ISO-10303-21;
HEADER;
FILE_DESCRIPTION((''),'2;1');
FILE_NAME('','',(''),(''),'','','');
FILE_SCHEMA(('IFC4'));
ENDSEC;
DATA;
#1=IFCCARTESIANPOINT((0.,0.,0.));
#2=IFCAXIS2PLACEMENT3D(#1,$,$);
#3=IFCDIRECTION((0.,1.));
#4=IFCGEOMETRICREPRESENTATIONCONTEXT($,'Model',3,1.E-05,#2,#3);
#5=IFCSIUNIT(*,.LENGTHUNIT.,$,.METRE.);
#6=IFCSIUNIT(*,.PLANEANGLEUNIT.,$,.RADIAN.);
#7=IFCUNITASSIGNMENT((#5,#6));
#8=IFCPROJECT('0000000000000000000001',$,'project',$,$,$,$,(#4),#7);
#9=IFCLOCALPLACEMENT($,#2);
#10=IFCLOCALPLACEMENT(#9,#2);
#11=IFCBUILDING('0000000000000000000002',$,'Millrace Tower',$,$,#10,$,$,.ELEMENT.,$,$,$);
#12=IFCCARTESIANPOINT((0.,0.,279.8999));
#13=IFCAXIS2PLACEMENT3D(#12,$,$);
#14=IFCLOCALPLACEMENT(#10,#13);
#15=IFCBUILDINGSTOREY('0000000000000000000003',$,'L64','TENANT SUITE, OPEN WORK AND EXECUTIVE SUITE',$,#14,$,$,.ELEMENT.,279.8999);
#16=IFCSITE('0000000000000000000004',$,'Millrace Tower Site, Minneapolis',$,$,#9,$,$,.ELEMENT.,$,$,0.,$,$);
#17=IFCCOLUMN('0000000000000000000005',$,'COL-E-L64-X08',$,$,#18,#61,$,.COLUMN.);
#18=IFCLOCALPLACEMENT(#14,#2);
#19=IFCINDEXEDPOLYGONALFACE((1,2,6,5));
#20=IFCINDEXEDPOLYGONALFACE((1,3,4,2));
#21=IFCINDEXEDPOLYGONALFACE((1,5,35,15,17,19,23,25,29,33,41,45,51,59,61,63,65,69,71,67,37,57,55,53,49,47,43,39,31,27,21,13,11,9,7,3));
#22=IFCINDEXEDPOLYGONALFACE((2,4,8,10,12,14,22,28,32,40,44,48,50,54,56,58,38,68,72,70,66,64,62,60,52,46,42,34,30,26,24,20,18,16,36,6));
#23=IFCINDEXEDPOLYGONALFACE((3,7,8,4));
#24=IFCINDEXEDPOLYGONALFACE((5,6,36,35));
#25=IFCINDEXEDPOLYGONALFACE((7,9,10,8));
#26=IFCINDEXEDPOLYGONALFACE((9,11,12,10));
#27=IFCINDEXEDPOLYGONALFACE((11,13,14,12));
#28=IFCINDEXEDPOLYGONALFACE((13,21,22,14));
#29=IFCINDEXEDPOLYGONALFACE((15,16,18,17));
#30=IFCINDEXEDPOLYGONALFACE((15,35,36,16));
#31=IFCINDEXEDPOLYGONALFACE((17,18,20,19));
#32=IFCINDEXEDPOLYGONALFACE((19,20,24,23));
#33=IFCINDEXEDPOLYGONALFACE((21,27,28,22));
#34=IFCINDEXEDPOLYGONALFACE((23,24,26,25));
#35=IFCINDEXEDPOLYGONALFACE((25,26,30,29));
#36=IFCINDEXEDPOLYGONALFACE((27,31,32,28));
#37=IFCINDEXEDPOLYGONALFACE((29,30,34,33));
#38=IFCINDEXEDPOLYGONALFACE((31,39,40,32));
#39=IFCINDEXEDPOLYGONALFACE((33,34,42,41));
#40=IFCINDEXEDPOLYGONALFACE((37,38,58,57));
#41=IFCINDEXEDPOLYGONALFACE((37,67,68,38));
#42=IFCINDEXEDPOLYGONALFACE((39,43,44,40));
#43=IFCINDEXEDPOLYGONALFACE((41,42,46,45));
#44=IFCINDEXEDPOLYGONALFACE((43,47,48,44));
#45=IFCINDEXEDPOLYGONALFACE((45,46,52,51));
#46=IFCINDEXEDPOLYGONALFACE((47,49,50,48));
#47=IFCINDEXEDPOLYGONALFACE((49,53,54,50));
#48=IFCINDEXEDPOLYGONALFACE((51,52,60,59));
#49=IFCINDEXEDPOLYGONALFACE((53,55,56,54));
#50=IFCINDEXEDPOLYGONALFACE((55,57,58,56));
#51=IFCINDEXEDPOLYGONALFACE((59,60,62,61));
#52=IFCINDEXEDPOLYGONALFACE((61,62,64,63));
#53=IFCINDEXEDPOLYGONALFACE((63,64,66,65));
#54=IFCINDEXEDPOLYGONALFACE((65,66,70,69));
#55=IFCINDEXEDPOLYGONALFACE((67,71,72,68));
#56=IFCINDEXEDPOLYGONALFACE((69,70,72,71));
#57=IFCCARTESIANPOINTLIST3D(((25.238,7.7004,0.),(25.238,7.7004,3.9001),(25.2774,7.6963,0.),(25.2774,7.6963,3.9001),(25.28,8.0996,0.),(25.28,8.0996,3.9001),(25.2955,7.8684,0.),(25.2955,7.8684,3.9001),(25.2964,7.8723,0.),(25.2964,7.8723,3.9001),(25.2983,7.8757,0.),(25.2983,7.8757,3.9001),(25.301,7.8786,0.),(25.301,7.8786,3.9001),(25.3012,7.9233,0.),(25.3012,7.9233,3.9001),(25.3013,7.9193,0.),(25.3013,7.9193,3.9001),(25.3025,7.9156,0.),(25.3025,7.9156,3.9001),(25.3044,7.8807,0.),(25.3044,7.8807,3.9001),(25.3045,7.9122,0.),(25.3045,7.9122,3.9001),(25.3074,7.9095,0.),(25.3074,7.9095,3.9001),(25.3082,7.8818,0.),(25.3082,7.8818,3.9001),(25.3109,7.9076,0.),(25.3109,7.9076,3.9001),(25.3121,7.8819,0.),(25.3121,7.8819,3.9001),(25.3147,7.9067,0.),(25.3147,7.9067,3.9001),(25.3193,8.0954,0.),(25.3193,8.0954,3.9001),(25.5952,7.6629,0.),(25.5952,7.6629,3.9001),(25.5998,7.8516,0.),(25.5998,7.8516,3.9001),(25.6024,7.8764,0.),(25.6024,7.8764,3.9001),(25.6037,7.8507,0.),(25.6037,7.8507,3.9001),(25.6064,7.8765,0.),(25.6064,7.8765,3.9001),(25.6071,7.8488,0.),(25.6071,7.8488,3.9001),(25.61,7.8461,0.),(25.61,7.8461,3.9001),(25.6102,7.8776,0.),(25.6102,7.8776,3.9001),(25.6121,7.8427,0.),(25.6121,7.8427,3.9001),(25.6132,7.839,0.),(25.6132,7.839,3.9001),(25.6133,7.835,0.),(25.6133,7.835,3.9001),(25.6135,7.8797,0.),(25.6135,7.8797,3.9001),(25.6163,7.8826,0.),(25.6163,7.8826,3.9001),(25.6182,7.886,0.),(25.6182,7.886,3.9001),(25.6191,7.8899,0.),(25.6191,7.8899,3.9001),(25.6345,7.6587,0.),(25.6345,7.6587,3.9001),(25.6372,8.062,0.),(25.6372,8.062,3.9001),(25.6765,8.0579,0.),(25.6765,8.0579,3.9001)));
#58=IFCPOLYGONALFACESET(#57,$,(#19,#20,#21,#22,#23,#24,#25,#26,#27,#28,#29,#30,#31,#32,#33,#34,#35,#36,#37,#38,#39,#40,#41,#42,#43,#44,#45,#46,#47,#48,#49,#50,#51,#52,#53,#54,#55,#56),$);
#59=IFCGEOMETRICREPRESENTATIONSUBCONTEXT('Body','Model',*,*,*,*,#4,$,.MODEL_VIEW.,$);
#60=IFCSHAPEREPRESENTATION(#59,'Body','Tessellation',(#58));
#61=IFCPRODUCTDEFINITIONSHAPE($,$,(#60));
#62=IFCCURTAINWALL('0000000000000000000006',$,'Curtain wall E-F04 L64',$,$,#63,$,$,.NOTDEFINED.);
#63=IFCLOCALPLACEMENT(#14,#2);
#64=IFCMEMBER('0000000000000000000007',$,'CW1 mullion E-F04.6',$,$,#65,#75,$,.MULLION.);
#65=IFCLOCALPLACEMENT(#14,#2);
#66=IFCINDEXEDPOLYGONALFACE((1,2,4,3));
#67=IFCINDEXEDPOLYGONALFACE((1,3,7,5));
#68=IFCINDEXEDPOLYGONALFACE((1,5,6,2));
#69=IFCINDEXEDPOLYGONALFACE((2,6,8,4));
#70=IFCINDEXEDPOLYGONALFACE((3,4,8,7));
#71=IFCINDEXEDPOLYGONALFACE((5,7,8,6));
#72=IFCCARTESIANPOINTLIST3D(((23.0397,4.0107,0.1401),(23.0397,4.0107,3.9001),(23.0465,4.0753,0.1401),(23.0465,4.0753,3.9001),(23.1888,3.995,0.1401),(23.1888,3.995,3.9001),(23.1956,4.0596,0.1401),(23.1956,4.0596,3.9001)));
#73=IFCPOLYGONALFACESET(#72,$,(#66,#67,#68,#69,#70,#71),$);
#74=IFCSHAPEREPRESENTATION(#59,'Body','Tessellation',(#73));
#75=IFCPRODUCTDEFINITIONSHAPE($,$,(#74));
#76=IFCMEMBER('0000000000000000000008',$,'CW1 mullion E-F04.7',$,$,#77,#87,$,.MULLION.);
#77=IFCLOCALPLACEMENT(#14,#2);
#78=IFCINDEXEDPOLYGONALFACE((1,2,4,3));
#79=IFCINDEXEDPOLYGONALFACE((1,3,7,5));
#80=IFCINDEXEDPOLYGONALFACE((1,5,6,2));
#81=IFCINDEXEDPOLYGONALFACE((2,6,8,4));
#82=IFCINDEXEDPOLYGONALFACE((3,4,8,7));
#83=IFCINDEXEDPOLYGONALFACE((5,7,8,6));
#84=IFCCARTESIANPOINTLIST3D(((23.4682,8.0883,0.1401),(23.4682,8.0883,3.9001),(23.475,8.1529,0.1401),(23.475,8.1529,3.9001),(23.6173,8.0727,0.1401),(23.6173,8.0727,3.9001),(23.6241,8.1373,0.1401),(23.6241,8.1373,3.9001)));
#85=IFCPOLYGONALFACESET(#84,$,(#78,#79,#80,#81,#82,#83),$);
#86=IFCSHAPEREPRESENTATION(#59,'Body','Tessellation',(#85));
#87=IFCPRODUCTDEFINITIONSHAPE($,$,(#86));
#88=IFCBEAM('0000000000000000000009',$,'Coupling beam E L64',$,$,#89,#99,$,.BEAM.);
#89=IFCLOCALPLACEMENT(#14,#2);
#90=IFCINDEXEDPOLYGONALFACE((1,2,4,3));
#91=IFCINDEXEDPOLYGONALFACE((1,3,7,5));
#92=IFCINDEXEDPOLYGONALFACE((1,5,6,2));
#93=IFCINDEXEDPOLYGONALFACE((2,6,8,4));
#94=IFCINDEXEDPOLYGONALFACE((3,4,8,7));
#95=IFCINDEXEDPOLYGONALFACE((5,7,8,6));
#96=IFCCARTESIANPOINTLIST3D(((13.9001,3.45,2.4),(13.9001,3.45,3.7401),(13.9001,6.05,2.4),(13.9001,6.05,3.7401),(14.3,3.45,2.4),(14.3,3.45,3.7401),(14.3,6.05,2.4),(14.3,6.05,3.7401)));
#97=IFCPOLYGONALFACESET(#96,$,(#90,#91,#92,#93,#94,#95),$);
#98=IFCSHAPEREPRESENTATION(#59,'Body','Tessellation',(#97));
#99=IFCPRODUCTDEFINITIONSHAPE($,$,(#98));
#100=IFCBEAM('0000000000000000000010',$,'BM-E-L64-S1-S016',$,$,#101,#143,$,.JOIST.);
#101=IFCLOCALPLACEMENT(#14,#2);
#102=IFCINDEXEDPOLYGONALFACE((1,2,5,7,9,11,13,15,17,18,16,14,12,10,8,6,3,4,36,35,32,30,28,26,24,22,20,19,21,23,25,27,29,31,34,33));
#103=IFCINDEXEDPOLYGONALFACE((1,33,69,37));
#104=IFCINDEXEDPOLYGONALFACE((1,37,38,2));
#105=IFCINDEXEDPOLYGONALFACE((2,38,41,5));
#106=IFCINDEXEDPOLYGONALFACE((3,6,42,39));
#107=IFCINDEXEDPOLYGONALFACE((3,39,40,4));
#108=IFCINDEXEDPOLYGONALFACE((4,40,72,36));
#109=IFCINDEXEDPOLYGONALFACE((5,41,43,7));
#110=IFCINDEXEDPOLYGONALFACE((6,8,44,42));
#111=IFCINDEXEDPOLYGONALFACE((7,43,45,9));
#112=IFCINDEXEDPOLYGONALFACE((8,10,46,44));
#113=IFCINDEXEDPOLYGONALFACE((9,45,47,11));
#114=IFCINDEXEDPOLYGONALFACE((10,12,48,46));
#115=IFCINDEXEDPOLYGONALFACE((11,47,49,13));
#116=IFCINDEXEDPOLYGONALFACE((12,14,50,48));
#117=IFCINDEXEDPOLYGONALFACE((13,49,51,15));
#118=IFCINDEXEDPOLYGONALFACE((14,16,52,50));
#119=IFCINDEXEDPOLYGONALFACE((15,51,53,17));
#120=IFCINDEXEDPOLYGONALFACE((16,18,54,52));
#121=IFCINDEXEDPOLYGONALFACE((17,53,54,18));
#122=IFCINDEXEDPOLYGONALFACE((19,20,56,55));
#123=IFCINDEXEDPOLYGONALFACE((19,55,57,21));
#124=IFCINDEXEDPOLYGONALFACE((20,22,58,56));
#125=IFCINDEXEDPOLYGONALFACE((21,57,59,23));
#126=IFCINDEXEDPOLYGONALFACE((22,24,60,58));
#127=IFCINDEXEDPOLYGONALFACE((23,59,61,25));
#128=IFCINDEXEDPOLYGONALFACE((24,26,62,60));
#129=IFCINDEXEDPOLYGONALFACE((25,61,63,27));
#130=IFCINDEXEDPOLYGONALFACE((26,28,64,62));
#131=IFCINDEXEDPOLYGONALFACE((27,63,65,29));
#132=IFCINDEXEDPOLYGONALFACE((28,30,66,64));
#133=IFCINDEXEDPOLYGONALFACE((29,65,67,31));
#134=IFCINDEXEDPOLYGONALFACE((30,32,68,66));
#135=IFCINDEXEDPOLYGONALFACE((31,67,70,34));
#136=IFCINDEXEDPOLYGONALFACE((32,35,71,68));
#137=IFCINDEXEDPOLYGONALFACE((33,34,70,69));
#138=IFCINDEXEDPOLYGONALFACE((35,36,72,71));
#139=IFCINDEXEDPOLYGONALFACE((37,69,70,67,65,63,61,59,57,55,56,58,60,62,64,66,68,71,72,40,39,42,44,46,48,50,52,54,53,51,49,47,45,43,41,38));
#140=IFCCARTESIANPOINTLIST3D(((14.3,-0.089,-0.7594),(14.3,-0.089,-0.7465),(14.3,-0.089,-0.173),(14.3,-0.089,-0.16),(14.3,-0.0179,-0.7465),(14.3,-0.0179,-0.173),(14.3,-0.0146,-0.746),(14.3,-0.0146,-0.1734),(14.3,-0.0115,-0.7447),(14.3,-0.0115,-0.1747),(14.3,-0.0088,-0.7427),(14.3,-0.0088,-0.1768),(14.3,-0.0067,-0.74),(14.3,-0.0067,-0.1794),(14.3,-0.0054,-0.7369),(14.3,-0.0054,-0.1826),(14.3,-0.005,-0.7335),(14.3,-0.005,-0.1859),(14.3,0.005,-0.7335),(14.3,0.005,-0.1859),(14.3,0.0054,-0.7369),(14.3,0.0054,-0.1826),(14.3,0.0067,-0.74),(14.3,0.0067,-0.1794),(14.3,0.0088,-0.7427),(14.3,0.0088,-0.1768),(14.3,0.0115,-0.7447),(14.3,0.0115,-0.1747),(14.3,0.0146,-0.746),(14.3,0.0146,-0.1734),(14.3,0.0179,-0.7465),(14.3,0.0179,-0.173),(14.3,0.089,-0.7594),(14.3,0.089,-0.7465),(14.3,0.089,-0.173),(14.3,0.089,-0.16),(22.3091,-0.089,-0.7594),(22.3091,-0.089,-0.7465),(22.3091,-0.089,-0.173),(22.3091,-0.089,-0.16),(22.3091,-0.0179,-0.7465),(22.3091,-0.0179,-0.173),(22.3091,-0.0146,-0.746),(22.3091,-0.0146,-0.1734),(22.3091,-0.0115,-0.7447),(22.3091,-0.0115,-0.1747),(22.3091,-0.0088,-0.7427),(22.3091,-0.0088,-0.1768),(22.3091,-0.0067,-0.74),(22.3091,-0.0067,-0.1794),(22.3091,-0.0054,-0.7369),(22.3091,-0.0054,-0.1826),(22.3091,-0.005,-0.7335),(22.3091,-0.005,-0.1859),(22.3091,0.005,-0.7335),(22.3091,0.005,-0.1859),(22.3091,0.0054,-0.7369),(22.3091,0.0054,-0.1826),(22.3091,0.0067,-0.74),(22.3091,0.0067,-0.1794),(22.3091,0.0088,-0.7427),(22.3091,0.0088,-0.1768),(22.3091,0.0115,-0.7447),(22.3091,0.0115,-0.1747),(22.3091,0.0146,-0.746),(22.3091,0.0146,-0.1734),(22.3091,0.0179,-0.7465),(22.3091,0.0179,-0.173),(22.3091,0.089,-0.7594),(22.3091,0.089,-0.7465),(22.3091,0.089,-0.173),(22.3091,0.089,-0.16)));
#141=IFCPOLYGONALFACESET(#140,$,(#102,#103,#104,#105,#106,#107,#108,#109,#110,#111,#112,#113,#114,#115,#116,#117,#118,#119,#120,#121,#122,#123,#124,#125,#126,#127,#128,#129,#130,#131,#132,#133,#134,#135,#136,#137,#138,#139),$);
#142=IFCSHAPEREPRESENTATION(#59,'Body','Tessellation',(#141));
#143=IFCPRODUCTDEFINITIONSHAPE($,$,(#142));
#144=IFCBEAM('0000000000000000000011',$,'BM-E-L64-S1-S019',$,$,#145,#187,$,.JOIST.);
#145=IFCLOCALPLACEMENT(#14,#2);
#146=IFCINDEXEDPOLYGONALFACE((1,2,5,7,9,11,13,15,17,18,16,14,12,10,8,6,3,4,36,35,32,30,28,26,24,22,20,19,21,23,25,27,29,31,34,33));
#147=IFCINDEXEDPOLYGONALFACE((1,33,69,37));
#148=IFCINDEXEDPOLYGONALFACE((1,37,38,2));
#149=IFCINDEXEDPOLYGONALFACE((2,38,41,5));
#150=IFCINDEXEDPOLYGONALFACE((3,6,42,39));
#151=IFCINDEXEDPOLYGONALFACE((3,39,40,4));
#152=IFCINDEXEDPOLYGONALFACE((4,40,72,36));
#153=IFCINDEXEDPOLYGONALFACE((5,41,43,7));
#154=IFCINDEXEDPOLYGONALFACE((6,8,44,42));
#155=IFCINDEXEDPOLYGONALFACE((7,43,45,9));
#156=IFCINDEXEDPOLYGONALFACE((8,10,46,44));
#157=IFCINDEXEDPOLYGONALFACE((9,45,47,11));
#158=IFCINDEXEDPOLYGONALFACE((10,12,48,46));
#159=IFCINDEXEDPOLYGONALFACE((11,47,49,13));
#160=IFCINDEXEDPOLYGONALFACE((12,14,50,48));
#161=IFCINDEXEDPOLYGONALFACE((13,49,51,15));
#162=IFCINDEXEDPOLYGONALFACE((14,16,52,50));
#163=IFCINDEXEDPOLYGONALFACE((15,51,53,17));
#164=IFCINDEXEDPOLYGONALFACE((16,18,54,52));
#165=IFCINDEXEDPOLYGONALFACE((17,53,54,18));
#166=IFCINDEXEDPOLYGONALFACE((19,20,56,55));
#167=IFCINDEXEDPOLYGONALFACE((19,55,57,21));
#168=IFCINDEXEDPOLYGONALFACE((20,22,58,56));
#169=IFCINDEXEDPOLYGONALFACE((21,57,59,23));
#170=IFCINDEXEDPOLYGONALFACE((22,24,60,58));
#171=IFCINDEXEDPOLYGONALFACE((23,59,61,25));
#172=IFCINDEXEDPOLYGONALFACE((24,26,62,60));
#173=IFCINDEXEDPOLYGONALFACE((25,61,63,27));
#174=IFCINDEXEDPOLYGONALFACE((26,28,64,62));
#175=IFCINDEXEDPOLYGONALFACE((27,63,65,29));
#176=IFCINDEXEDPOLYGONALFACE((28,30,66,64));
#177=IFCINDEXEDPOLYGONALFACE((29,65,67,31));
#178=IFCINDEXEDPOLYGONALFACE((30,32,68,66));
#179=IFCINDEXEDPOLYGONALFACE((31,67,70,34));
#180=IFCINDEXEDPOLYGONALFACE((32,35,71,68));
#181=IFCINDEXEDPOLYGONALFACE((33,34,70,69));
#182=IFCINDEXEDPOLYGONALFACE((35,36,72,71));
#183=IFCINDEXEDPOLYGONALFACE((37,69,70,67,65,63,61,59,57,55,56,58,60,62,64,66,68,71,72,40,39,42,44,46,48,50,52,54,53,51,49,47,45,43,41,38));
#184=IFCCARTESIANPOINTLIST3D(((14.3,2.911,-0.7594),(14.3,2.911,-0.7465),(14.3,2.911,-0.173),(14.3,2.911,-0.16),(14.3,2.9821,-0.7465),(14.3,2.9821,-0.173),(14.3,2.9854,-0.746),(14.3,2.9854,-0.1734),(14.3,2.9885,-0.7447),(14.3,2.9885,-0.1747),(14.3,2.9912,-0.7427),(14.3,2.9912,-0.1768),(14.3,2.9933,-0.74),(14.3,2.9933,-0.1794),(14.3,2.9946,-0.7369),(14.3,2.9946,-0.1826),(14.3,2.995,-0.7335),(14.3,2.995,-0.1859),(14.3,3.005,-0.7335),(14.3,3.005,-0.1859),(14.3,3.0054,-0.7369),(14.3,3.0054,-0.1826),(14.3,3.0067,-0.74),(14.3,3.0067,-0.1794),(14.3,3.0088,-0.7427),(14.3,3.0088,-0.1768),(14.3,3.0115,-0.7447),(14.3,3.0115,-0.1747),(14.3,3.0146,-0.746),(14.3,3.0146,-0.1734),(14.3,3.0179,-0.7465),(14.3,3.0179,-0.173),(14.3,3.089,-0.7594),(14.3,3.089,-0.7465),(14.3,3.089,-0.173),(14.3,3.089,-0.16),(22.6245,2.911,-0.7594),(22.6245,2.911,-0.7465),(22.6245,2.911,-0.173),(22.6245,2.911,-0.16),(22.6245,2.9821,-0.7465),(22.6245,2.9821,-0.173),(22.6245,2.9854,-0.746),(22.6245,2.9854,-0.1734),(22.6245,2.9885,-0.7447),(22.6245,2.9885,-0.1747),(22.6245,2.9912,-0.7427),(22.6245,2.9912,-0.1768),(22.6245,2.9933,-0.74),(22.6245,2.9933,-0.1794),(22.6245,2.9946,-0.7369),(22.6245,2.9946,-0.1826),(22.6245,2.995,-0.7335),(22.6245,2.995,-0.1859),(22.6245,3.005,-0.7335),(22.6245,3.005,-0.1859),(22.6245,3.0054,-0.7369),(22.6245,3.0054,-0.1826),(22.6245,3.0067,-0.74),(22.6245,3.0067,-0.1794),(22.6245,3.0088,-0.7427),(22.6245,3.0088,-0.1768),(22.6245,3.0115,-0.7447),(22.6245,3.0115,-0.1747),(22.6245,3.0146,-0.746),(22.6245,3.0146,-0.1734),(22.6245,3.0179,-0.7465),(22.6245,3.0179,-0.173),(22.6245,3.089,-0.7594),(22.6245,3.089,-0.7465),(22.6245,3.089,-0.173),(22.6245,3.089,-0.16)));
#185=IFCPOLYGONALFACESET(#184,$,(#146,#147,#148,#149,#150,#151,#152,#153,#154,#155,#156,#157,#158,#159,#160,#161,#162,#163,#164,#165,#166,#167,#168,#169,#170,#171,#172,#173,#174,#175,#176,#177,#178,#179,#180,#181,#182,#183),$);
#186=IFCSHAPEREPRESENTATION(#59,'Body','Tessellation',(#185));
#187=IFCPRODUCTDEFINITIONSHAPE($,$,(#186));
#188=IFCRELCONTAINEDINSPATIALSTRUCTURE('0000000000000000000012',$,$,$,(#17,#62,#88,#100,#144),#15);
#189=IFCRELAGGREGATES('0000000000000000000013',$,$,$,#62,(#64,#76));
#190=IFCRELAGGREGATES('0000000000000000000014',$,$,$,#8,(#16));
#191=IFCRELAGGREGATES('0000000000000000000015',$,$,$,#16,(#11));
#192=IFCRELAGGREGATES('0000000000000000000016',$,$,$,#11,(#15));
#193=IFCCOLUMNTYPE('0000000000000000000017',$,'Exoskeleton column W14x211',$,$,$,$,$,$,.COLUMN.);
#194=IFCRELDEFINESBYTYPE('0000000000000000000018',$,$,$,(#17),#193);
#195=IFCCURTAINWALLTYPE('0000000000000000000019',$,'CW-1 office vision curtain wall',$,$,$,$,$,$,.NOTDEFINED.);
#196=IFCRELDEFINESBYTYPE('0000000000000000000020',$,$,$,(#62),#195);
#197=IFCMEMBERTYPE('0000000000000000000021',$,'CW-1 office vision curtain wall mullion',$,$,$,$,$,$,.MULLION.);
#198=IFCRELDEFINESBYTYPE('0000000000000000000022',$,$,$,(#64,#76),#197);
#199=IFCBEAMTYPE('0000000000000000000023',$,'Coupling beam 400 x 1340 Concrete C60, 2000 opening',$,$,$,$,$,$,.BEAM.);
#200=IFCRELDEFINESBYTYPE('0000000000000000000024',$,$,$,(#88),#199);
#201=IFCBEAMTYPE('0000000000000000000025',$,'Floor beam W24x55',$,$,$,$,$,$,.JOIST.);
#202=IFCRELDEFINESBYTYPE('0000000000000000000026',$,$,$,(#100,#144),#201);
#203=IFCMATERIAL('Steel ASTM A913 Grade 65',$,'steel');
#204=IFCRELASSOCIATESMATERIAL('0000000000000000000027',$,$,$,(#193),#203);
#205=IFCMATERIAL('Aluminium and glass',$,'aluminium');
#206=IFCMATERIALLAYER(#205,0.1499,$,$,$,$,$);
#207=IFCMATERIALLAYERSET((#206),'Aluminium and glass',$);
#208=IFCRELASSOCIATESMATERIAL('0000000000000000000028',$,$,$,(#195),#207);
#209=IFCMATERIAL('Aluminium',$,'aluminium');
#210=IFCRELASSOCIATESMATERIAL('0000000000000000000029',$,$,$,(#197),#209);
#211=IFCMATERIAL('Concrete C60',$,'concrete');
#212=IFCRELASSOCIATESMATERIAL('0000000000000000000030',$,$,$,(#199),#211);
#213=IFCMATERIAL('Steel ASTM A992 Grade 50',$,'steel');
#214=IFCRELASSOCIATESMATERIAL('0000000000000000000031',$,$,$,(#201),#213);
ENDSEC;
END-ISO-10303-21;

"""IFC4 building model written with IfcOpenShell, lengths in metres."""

from ifc_helpers import new_model, si_unit, direction, frame, origin, origin_2d, place, context, subcontext, project, spatial, rectangle, i_section, extrude, material, layer, layer_set, material_profile, profile_set, type_object, element, aggregate, save


model = new_model("IFC4")

# Units and contexts
model_context = context("Model", 3, precision=1e-05, world=origin(), true_north=direction((0.0, 1.0)))
body_context = subcontext(model_context, "Body", "Model", "MODEL_VIEW")
ifc_project = project(units=[si_unit("LENGTHUNIT", "METRE"), si_unit("PLANEANGLEUNIT", "RADIAN")], contexts=[model_context])

# Site, building, storey
site_placement = place(None, origin())
site = spatial("IfcSite", under=ifc_project, at=site_placement, Name="Millrace Tower Site, Minneapolis", CompositionType="ELEMENT", RefElevation=0.0)
building_placement = place(site_placement, origin())
building = spatial("IfcBuilding", under=site, at=building_placement, Name="Millrace Tower", CompositionType="ELEMENT")
storey_placement = place(building_placement, frame((0.0, 0.0, 279.8999)))
storey = spatial("IfcBuildingStorey", under=building, at=storey_placement, Name="L64", Description="TENANT SUITE, OPEN WORK AND EXECUTIVE SUITE", CompositionType="ELEMENT", Elevation=279.8999)

# Column
ifc_material_1 = material(Name="Steel ASTM A913 Grade 65", Category="steel")
ifc_material_profile_1 = material_profile(ifc_material_1, i_section(OverallWidth=0.4014, OverallDepth=0.3987, WebThickness=0.0249, FlangeThickness=0.0396, FilletRadius=0.0151, at=origin_2d()))
ifc_profile_set_1 = profile_set([ifc_material_profile_1], Name="Steel ASTM A913 Grade 65")
column_type = type_object("IfcColumnType", Name="Exoskeleton column W14x211", PredefinedType="COLUMN", material=ifc_profile_set_1)
column_placement = place(storey_placement, frame((25.4573, 7.8792, 0.0), z_axis=(0.0, 0.0, 1.0), x_axis=(0.104528, 0.994522, 0.0)))
element("IfcColumn", 1, at=column_placement, inside=storey, type_object=column_type, Name="COL-E-L64-X08", PredefinedType="COLUMN", context=body_context, shape_type="SweptSolid", body=[
    extrude(i_section(OverallWidth=0.4014, OverallDepth=0.3987, WebThickness=0.0249, FlangeThickness=0.0396, FilletRadius=0.0151, at=origin_2d()), origin(), (0.0, 0.0, 1.0), 3.9001),
])

# Curtain wall, members
ifc_material_2 = material(Name="Aluminium and glass", Category="aluminium")
ifc_layer_1 = layer(ifc_material_2, 0.1499)
ifc_layer_set_1 = layer_set([ifc_layer_1], Name="Aluminium and glass")
curtain_wall_type = type_object("IfcCurtainWallType", Name="CW-1 office vision curtain wall", PredefinedType="NOTDEFINED", material=ifc_layer_set_1)
curtain_wall_placement = place(storey_placement, origin())
curtain_wall = element("IfcCurtainWall", 2, at=curtain_wall_placement, inside=storey, type_object=curtain_wall_type, Name="Curtain wall E-F04 L64", PredefinedType="NOTDEFINED")
ifc_material_3 = material(Name="Aluminium", Category="aluminium")
ifc_material_profile_2 = material_profile(ifc_material_3, rectangle(XDim=0.0649, YDim=0.1499, at=origin_2d()))
ifc_profile_set_2 = profile_set([ifc_material_profile_2], Name="Aluminium")
member_type = type_object("IfcMemberType", Name="CW-1 office vision curtain wall mullion", PredefinedType="MULLION", material=ifc_profile_set_2)
member_1_placement = place(storey_placement, frame((23.1177, 4.0352, 0.1401), z_axis=(0.0, 0.0, 1.0), x_axis=(0.104528, 0.994522, 0.0)))
member_1 = element("IfcMember", 3, at=member_1_placement, type_object=member_type, Name="CW1 mullion E-F04.6", PredefinedType="MULLION", context=body_context, shape_type="SweptSolid", body=[
    extrude(rectangle(XDim=0.0649, YDim=0.1499, at=origin_2d()), origin(), (0.0, 0.0, 1.0), 3.76),
])
member_2_placement = place(storey_placement, frame((23.5461, 8.1128, 0.1401), z_axis=(0.0, 0.0, 1.0), x_axis=(0.104528, 0.994522, 0.0)))
member_2 = element("IfcMember", 4, at=member_2_placement, type_object=member_type, Name="CW1 mullion E-F04.7", PredefinedType="MULLION", context=body_context, shape_type="SweptSolid", body=[
    extrude(rectangle(XDim=0.0649, YDim=0.1499, at=origin_2d()), origin(), (0.0, 0.0, 1.0), 3.76),
])
aggregate(curtain_wall, [member_1, member_2])

# Beams
ifc_material_4 = material(Name="Concrete C60", Category="concrete")
ifc_material_profile_3 = material_profile(ifc_material_4, rectangle(XDim=0.3999, YDim=1.3401, at=origin_2d()))
ifc_profile_set_3 = profile_set([ifc_material_profile_3], Name="Concrete C60")
beam_type_1 = type_object("IfcBeamType", Name="Coupling beam 400 x 1340 Concrete C60, 2000 opening", PredefinedType="BEAM", material=ifc_profile_set_3)
beam_1_placement = place(storey_placement, frame((14.1001, 6.05, 3.0701), z_axis=(0.0, -1.0, 0.0), x_axis=(1.0, 0.0, 0.0)))
element("IfcBeam", 5, at=beam_1_placement, inside=storey, type_object=beam_type_1, Name="Coupling beam E L64", PredefinedType="BEAM", context=body_context, shape_type="SweptSolid", body=[
    extrude(rectangle(XDim=0.3999, YDim=1.3401, at=origin_2d()), origin(), (0.0, 0.0, 1.0), 2.6001),
])
ifc_material_5 = material(Name="Steel ASTM A992 Grade 50", Category="steel")
ifc_material_profile_4 = material_profile(ifc_material_5, i_section(OverallWidth=0.178, OverallDepth=0.5994, WebThickness=0.01, FlangeThickness=0.0129, FilletRadius=0.0129, at=origin_2d()))
ifc_profile_set_4 = profile_set([ifc_material_profile_4], Name="Steel ASTM A992 Grade 50")
beam_type_2 = type_object("IfcBeamType", Name="Floor beam W24x55", PredefinedType="JOIST", material=ifc_profile_set_4)
beam_2_placement = place(storey_placement, frame((14.3, 0.0, -0.4597), z_axis=(1.0, 0.0, 0.0), x_axis=(0.0, 1.0, 0.0)))
element("IfcBeam", 6, at=beam_2_placement, inside=storey, type_object=beam_type_2, Name="BM-E-L64-S1-S016", PredefinedType="JOIST", context=body_context, shape_type="SweptSolid", body=[
    extrude(i_section(OverallWidth=0.178, OverallDepth=0.5994, WebThickness=0.01, FlangeThickness=0.0129, FilletRadius=0.0129, at=origin_2d()), origin(), (0.0, 0.0, 1.0), 8.009),
])
beam_3_placement = place(storey_placement, frame((14.3, 3.0, -0.4597), z_axis=(1.0, 0.0, 0.0), x_axis=(0.0, 1.0, 0.0)))
element("IfcBeam", 7, at=beam_3_placement, inside=storey, type_object=beam_type_2, Name="BM-E-L64-S1-S019", PredefinedType="JOIST", context=body_context, shape_type="SweptSolid", body=[
    extrude(i_section(OverallWidth=0.178, OverallDepth=0.5994, WebThickness=0.01, FlangeThickness=0.0129, FilletRadius=0.0129, at=origin_2d()), origin(), (0.0, 0.0, 1.0), 8.3245),
])

save(model, "model.ifc")
